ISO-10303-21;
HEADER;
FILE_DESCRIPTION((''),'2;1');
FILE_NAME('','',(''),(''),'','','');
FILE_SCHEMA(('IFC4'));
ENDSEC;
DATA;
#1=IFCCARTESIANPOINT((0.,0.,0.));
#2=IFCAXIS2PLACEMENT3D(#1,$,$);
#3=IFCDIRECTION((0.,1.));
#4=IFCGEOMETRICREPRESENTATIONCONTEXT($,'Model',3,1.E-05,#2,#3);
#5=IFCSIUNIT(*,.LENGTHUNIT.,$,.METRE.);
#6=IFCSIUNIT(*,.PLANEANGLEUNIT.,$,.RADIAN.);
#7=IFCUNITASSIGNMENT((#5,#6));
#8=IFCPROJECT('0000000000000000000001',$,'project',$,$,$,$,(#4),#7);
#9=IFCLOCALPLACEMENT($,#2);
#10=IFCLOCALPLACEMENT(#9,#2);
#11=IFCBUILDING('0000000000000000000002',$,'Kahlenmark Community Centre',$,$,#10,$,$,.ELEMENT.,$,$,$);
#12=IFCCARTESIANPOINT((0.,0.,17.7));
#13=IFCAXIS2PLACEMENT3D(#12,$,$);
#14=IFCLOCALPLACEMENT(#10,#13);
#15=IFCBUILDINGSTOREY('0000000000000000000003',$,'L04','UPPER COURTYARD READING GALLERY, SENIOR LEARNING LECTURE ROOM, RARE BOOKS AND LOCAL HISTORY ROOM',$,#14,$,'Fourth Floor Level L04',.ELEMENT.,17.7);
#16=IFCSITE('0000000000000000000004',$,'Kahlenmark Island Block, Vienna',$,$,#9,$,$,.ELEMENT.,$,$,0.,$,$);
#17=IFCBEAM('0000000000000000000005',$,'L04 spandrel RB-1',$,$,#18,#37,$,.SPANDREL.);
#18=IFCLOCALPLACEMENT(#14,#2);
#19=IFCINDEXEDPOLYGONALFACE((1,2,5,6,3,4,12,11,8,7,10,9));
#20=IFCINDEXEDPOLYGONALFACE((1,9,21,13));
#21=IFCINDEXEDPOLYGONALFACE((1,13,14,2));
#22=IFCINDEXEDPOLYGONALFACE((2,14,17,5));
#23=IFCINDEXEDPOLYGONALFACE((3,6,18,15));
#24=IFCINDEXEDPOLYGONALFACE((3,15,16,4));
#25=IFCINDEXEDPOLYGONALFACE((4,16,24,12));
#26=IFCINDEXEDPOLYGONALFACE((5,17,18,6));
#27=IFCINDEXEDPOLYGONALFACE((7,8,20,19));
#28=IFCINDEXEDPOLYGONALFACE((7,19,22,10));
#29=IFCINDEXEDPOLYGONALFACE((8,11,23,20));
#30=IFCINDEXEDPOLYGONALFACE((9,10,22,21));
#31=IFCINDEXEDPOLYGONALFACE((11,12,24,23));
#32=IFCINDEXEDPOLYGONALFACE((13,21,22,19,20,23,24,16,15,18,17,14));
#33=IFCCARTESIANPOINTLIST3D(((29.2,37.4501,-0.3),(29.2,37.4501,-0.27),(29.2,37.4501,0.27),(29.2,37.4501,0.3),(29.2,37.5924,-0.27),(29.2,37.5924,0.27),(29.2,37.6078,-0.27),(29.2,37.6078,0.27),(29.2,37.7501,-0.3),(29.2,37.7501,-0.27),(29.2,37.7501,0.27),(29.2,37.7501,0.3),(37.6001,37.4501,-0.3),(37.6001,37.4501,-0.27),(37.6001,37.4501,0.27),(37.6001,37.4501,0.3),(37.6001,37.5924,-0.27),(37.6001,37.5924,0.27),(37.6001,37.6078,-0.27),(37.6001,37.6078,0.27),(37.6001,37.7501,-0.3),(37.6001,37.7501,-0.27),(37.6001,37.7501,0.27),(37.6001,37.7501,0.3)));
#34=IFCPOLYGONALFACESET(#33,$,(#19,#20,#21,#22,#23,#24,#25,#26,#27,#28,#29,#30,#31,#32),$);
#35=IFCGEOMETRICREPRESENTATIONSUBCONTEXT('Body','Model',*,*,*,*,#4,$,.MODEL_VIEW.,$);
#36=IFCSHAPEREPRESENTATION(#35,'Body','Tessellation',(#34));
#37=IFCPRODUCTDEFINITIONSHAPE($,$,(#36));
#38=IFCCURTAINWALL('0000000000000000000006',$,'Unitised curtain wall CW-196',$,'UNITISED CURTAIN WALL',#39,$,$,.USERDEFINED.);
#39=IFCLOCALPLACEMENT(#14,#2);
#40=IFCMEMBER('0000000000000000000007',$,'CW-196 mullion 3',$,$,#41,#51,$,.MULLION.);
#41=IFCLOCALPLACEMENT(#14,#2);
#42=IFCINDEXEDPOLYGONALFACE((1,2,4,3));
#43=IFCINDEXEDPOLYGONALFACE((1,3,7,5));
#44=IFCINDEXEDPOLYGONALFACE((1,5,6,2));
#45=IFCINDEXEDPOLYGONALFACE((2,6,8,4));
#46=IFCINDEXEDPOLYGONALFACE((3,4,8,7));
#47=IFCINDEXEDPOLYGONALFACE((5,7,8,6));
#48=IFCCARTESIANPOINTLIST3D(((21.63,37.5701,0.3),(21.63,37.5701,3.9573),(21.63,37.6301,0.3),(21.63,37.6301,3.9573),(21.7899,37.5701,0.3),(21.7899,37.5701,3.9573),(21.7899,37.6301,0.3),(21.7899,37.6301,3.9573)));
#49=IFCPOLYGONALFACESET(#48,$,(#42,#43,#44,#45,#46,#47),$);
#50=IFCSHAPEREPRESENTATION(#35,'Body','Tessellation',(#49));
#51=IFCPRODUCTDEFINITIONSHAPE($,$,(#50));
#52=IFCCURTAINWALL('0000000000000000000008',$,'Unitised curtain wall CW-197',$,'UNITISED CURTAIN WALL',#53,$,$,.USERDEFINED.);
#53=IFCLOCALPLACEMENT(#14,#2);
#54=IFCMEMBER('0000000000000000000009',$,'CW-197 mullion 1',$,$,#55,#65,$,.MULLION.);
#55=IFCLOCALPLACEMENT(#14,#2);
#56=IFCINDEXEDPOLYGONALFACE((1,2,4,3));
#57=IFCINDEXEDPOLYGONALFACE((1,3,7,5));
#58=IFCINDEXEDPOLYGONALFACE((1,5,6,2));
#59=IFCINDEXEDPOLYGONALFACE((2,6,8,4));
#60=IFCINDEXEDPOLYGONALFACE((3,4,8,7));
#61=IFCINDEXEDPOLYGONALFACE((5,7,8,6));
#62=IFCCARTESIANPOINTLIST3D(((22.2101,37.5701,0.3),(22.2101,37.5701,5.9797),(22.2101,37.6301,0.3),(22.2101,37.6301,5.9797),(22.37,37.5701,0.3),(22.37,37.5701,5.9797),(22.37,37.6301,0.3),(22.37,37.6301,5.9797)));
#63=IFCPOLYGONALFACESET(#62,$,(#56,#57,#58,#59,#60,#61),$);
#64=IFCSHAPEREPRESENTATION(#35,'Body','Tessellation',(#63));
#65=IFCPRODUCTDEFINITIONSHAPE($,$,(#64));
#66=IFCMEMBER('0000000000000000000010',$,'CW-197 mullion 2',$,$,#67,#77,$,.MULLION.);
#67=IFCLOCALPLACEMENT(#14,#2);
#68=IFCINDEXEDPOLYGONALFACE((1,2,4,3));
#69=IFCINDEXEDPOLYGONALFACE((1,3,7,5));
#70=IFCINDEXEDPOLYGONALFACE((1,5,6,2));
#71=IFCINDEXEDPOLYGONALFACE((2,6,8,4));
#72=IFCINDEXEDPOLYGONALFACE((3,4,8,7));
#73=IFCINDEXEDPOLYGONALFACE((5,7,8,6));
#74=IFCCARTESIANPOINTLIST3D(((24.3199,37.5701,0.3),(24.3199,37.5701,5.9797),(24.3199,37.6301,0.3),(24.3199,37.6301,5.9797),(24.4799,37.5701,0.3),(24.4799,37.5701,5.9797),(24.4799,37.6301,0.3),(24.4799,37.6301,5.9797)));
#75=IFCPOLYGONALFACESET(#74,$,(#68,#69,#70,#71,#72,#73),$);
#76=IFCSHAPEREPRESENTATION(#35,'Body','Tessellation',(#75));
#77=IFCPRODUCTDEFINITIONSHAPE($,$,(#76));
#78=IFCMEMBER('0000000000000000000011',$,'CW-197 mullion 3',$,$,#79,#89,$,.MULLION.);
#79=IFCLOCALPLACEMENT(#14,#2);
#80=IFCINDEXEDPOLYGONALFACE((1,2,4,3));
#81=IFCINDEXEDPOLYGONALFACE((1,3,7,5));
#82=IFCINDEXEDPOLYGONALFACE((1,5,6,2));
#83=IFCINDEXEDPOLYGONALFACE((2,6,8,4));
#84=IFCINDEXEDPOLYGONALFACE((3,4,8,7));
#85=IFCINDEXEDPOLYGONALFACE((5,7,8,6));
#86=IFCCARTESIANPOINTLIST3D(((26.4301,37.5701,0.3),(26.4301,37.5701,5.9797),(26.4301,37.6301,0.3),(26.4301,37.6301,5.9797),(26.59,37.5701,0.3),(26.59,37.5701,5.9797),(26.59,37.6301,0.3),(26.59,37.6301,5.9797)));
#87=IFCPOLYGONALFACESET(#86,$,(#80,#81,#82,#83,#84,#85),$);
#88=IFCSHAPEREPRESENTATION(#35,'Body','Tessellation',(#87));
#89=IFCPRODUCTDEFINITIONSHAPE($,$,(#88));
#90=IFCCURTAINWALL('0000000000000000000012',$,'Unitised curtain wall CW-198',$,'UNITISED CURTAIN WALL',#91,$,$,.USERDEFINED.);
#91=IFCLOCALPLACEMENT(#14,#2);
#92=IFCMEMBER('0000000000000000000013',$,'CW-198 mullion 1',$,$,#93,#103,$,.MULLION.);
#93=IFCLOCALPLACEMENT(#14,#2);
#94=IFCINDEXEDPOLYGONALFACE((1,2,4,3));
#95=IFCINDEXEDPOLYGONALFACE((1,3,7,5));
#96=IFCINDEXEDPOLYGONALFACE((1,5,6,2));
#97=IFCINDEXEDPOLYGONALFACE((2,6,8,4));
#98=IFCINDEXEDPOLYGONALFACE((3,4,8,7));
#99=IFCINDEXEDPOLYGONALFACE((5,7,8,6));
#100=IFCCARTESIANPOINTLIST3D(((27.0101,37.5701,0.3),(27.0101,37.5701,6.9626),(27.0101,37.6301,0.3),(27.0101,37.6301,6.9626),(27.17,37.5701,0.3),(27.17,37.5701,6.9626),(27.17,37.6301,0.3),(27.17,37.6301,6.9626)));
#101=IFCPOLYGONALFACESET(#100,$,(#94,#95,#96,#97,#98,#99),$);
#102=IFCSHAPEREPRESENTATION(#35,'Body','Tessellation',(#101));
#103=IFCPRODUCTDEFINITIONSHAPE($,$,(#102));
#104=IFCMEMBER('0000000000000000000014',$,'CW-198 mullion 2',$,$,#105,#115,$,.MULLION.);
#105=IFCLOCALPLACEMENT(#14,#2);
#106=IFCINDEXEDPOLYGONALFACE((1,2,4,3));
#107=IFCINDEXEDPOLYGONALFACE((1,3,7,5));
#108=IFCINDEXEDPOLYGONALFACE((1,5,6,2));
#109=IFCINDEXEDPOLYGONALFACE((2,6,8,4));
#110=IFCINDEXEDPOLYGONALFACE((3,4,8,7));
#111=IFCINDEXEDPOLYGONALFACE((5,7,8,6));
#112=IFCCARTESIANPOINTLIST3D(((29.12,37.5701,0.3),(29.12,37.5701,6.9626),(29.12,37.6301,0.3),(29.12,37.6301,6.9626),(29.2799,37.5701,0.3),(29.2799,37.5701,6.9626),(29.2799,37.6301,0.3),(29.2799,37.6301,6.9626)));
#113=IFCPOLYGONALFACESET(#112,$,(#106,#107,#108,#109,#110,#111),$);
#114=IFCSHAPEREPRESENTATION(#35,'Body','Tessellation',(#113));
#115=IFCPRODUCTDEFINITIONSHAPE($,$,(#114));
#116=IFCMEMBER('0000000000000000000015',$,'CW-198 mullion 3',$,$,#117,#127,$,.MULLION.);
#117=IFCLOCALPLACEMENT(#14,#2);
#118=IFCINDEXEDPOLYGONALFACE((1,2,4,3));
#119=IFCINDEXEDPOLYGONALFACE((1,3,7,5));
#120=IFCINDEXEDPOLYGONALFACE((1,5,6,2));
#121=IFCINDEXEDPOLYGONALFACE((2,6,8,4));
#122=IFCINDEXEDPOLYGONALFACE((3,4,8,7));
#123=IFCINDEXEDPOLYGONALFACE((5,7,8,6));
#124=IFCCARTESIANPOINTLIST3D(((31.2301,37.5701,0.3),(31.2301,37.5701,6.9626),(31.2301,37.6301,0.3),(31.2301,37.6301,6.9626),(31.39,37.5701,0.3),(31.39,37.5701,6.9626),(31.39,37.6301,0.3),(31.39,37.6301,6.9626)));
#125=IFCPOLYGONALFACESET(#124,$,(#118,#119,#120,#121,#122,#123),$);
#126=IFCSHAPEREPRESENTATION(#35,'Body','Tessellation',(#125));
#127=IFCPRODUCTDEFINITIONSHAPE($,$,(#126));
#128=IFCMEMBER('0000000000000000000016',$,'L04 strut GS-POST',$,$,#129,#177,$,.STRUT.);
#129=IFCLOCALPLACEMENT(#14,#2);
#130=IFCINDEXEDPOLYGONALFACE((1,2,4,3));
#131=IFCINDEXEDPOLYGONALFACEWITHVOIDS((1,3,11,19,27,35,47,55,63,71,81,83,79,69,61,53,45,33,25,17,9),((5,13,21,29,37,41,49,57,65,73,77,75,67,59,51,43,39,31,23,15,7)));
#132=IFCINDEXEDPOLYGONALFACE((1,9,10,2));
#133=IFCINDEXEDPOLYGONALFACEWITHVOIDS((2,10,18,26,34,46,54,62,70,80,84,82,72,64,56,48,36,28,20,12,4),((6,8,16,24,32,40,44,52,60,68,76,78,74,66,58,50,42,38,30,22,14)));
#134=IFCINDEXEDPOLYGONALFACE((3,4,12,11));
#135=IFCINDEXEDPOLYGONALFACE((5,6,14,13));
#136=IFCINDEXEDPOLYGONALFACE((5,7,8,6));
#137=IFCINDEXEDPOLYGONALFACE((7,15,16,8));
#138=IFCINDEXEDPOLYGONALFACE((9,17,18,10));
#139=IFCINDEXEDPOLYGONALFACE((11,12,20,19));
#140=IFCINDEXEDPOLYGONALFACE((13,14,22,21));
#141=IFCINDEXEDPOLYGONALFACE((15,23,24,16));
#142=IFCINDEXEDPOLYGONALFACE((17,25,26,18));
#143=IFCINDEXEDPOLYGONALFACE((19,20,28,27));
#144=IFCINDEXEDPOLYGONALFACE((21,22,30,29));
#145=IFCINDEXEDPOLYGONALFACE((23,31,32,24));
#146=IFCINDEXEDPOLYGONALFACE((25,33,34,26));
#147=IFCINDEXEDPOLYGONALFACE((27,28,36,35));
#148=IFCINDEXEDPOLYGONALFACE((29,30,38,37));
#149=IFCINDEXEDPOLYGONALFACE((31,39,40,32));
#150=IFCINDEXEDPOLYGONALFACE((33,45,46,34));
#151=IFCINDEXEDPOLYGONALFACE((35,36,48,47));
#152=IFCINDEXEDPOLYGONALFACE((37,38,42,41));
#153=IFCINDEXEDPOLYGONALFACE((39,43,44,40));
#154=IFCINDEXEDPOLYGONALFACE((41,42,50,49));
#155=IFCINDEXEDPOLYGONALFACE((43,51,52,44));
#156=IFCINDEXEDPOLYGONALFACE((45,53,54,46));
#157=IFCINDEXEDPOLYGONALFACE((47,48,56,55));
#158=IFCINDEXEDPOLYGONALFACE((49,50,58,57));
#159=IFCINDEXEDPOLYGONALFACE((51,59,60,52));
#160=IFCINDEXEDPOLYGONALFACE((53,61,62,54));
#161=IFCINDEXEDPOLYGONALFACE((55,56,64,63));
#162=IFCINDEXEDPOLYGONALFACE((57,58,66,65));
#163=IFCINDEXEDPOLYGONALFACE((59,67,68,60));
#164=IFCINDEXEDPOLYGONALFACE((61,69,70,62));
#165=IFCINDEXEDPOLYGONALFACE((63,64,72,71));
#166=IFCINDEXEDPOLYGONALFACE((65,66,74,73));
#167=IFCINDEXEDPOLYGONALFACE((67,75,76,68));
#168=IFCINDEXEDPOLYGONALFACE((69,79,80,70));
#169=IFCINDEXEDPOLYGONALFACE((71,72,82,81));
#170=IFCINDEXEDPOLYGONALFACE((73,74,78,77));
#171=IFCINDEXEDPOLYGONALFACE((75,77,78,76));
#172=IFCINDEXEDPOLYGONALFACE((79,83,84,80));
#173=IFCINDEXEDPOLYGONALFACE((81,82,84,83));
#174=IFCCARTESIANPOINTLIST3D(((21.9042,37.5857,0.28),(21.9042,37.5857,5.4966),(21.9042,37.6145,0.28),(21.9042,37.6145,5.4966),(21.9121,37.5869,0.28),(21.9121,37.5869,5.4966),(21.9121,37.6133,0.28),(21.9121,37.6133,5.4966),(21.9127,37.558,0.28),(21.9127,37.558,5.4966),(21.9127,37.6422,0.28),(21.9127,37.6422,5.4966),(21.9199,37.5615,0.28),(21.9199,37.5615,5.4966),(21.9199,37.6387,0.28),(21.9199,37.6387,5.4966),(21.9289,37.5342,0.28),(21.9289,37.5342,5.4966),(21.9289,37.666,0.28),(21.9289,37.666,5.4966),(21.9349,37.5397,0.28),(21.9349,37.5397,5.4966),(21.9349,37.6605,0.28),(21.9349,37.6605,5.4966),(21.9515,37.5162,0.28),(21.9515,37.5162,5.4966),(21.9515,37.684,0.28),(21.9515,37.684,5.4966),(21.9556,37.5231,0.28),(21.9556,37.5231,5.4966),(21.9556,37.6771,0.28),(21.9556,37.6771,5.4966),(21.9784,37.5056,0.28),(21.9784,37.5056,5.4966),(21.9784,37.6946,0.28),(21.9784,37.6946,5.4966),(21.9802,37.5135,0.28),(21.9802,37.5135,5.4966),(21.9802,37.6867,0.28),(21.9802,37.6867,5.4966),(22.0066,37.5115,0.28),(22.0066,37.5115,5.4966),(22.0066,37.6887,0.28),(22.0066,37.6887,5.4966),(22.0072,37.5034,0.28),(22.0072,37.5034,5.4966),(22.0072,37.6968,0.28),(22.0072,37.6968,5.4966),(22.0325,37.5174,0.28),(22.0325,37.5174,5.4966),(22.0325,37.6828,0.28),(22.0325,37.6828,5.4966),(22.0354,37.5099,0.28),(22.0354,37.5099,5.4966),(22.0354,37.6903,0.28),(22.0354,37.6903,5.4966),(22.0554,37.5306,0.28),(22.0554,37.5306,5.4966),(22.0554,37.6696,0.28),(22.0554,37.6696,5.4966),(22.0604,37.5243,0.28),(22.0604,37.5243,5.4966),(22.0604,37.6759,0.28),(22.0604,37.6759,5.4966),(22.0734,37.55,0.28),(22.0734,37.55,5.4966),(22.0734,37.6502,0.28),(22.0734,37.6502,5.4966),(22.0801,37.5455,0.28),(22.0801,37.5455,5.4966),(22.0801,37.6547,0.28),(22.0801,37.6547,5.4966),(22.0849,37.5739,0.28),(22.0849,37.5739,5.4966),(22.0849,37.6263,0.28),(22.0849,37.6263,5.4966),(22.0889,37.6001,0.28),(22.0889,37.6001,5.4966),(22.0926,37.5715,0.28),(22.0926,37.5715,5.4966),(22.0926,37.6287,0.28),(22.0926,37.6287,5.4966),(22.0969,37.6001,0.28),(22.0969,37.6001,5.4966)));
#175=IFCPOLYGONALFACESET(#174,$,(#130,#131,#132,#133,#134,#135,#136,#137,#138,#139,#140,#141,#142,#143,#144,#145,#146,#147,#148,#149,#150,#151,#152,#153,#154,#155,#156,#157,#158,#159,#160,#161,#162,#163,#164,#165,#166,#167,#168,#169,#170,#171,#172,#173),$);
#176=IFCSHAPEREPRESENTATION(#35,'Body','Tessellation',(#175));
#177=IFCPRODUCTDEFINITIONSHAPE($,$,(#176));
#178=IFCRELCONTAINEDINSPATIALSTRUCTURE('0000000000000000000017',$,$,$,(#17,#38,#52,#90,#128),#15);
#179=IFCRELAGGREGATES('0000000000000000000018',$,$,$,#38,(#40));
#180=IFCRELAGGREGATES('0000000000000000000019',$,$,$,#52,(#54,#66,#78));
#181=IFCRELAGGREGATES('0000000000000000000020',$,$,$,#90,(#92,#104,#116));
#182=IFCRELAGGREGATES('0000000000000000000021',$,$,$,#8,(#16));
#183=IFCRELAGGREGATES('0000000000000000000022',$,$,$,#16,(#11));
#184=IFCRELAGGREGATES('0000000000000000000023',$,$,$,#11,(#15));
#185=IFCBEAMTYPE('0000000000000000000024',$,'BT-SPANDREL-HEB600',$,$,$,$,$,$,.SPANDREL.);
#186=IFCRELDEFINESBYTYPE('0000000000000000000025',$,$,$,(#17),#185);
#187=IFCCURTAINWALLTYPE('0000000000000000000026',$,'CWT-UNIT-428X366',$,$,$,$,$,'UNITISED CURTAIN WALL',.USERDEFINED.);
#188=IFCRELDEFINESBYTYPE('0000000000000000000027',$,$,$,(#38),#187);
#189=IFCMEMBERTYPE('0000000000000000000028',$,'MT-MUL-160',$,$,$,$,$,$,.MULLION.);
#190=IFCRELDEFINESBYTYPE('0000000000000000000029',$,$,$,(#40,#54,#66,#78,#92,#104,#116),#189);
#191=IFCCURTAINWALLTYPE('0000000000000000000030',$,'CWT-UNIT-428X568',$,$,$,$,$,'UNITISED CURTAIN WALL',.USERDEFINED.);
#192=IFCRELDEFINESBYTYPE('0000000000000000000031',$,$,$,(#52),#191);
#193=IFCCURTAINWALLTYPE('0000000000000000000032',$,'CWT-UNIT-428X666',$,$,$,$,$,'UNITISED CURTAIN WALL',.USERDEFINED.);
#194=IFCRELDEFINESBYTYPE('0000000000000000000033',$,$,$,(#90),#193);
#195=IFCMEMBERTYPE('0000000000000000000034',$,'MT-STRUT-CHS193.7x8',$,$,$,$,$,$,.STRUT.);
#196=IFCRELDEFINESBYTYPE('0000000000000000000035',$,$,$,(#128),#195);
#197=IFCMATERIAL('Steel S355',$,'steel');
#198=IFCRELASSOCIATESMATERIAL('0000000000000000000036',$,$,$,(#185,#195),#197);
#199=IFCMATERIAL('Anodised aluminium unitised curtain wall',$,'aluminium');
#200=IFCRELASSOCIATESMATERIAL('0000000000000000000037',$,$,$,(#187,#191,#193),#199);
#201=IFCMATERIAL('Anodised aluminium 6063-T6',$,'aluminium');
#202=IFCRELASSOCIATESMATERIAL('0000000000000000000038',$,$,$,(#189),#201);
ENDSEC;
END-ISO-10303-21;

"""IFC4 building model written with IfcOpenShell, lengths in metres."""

from ifc_helpers import new_model, si_unit, direction, frame, origin, origin_2d, place, context, subcontext, project, spatial, rectangle, hollow_circle, i_section, extrude, material, material_profile, profile_set, type_object, element, aggregate, save


model = new_model("IFC4")

# Units and contexts
model_context = context("Model", 3, precision=1e-05, world=origin(), true_north=direction((0.0, 1.0)))
body_context = subcontext(model_context, "Body", "Model", "MODEL_VIEW")
ifc_project = project(units=[si_unit("LENGTHUNIT", "METRE"), si_unit("PLANEANGLEUNIT", "RADIAN")], contexts=[model_context])

# Site, building, storey
site_placement = place(None, origin())
site = spatial("IfcSite", under=ifc_project, at=site_placement, Name="Kahlenmark Island Block, Vienna", CompositionType="ELEMENT", RefElevation=0.0)
building_placement = place(site_placement, origin())
building = spatial("IfcBuilding", under=site, at=building_placement, Name="Kahlenmark Community Centre", CompositionType="ELEMENT")
storey_placement = place(building_placement, frame((0.0, 0.0, 17.7)))
storey = spatial("IfcBuildingStorey", under=building, at=storey_placement, Name="L04", Description="UPPER COURTYARD READING GALLERY, SENIOR LEARNING LECTURE ROOM, RARE BOOKS AND LOCAL HISTORY ROOM", LongName="Fourth Floor Level L04", CompositionType="ELEMENT", Elevation=17.7)

# Beam
ifc_material_1 = material(Name="Steel S355", Category="steel")
ifc_material_profile_1 = material_profile(ifc_material_1, i_section(OverallWidth=0.3, OverallDepth=0.6001, WebThickness=0.0154, FlangeThickness=0.03, at=origin_2d()), Name="HEB 600")
ifc_profile_set_1 = profile_set([ifc_material_profile_1], Name="Steel S355")
beam_type = type_object("IfcBeamType", Name="BT-SPANDREL-HEB600", PredefinedType="SPANDREL", material=ifc_profile_set_1)
beam_placement = place(storey_placement, frame((29.2, 37.6001, 0.0), z_axis=(1.0, 0.0, 0.0), x_axis=(0.0, 1.0, 0.0)))
element("IfcBeam", 1, at=beam_placement, inside=storey, type_object=beam_type, Name="L04 spandrel RB-1", PredefinedType="SPANDREL", context=body_context, shape_type="SweptSolid", body=[
    extrude(i_section(OverallWidth=0.3, OverallDepth=0.6001, WebThickness=0.0154, FlangeThickness=0.03, at=origin_2d()), origin(), (0.0, 0.0, 1.0), 8.4001),
])

# Curtain wall, member
ifc_material_2 = material(Name="Anodised aluminium unitised curtain wall", Category="aluminium")
curtain_wall_type_1 = type_object("IfcCurtainWallType", Name="CWT-UNIT-428X366", ElementType="UNITISED CURTAIN WALL", PredefinedType="USERDEFINED", material=ifc_material_2)
curtain_wall_1_placement = place(storey_placement, origin())
curtain_wall_1 = element("IfcCurtainWall", 2, at=curtain_wall_1_placement, inside=storey, type_object=curtain_wall_type_1, Name="Unitised curtain wall CW-196", ObjectType="UNITISED CURTAIN WALL", PredefinedType="USERDEFINED")
ifc_material_3 = material(Name="Anodised aluminium 6063-T6", Category="aluminium")
ifc_material_profile_2 = material_profile(ifc_material_3, rectangle(XDim=0.0601, YDim=0.1599, at=origin_2d()), Name="ALU MULLION 60x160")
ifc_profile_set_2 = profile_set([ifc_material_profile_2], Name="Anodised aluminium 6063-T6")
member_type_1 = type_object("IfcMemberType", Name="MT-MUL-160", PredefinedType="MULLION", material=ifc_profile_set_2)
member_1_placement = place(storey_placement, frame((21.71, 37.6001, 0.3), z_axis=(0.0, 0.0, 1.0), x_axis=(0.0, 1.0, 0.0)))
member_1 = element("IfcMember", 3, at=member_1_placement, type_object=member_type_1, Name="CW-196 mullion 3", PredefinedType="MULLION", context=body_context, shape_type="SweptSolid", body=[
    extrude(rectangle(XDim=0.0601, YDim=0.1599, at=origin_2d()), origin(), (0.0, 0.0, 1.0), 3.6572),
])
aggregate(curtain_wall_1, [member_1])

# Curtain walls, members
curtain_wall_type_2 = type_object("IfcCurtainWallType", Name="CWT-UNIT-428X568", ElementType="UNITISED CURTAIN WALL", PredefinedType="USERDEFINED", material=ifc_material_2)
curtain_wall_2_placement = place(storey_placement, origin())
curtain_wall_2 = element("IfcCurtainWall", 4, at=curtain_wall_2_placement, inside=storey, type_object=curtain_wall_type_2, Name="Unitised curtain wall CW-197", ObjectType="UNITISED CURTAIN WALL", PredefinedType="USERDEFINED")
member_2_placement = place(storey_placement, frame((22.29, 37.6001, 0.3), z_axis=(0.0, 0.0, 1.0), x_axis=(0.0, 1.0, 0.0)))
member_2 = element("IfcMember", 5, at=member_2_placement, type_object=member_type_1, Name="CW-197 mullion 1", PredefinedType="MULLION", context=body_context, shape_type="SweptSolid", body=[
    extrude(rectangle(XDim=0.0601, YDim=0.1599, at=origin_2d()), origin(), (0.0, 0.0, 1.0), 5.6797),
])
member_3_placement = place(storey_placement, frame((24.3999, 37.6001, 0.3), z_axis=(0.0, 0.0, 1.0), x_axis=(0.0, 1.0, 0.0)))
member_3 = element("IfcMember", 6, at=member_3_placement, type_object=member_type_1, Name="CW-197 mullion 2", PredefinedType="MULLION", context=body_context, shape_type="SweptSolid", body=[
    extrude(rectangle(XDim=0.0601, YDim=0.1599, at=origin_2d()), origin(), (0.0, 0.0, 1.0), 5.6797),
])
member_4_placement = place(storey_placement, frame((26.51, 37.6001, 0.3), z_axis=(0.0, 0.0, 1.0), x_axis=(0.0, 1.0, 0.0)))
member_4 = element("IfcMember", 7, at=member_4_placement, type_object=member_type_1, Name="CW-197 mullion 3", PredefinedType="MULLION", context=body_context, shape_type="SweptSolid", body=[
    extrude(rectangle(XDim=0.0601, YDim=0.1599, at=origin_2d()), origin(), (0.0, 0.0, 1.0), 5.6797),
])
curtain_wall_type_3 = type_object("IfcCurtainWallType", Name="CWT-UNIT-428X666", ElementType="UNITISED CURTAIN WALL", PredefinedType="USERDEFINED", material=ifc_material_2)
curtain_wall_3_placement = place(storey_placement, origin())
curtain_wall_3 = element("IfcCurtainWall", 8, at=curtain_wall_3_placement, inside=storey, type_object=curtain_wall_type_3, Name="Unitised curtain wall CW-198", ObjectType="UNITISED CURTAIN WALL", PredefinedType="USERDEFINED")
member_5_placement = place(storey_placement, frame((27.0901, 37.6001, 0.3), z_axis=(0.0, 0.0, 1.0), x_axis=(0.0, 1.0, 0.0)))
member_5 = element("IfcMember", 9, at=member_5_placement, type_object=member_type_1, Name="CW-198 mullion 1", PredefinedType="MULLION", context=body_context, shape_type="SweptSolid", body=[
    extrude(rectangle(XDim=0.0601, YDim=0.1599, at=origin_2d()), origin(), (0.0, 0.0, 1.0), 6.6626),
])
member_6_placement = place(storey_placement, frame((29.2, 37.6001, 0.3), z_axis=(0.0, 0.0, 1.0), x_axis=(0.0, 1.0, 0.0)))
member_6 = element("IfcMember", 10, at=member_6_placement, type_object=member_type_1, Name="CW-198 mullion 2", PredefinedType="MULLION", context=body_context, shape_type="SweptSolid", body=[
    extrude(rectangle(XDim=0.0601, YDim=0.1599, at=origin_2d()), origin(), (0.0, 0.0, 1.0), 6.6626),
])
member_7_placement = place(storey_placement, frame((31.3101, 37.6001, 0.3), z_axis=(0.0, 0.0, 1.0), x_axis=(0.0, 1.0, 0.0)))
member_7 = element("IfcMember", 11, at=member_7_placement, type_object=member_type_1, Name="CW-198 mullion 3", PredefinedType="MULLION", context=body_context, shape_type="SweptSolid", body=[
    extrude(rectangle(XDim=0.0601, YDim=0.1599, at=origin_2d()), origin(), (0.0, 0.0, 1.0), 6.6626),
])

# Member
ifc_material_profile_3 = material_profile(ifc_material_1, hollow_circle(Radius=0.0969, WallThickness=0.0081, at=origin_2d()), Name="CHS 193.7x8")
ifc_profile_set_3 = profile_set([ifc_material_profile_3], Name="Steel S355")
member_type_2 = type_object("IfcMemberType", Name="MT-STRUT-CHS193.7x8", PredefinedType="STRUT", material=ifc_profile_set_3)
member_8_placement = place(storey_placement, frame((22.0, 37.6001, 0.28), z_axis=(0.0, 0.0, 1.0), x_axis=(1.0, 0.0, 0.0)))
element("IfcMember", 12, at=member_8_placement, inside=storey, type_object=member_type_2, Name="L04 strut GS-POST", PredefinedType="STRUT", context=body_context, shape_type="SweptSolid", body=[
    extrude(hollow_circle(Radius=0.0969, WallThickness=0.0081, at=origin_2d()), origin(), (0.0, 0.0, 1.0), 5.2166),
])

aggregate(curtain_wall_2, [member_2, member_3, member_4])
aggregate(curtain_wall_3, [member_5, member_6, member_7])

save(model, "model.ifc")
